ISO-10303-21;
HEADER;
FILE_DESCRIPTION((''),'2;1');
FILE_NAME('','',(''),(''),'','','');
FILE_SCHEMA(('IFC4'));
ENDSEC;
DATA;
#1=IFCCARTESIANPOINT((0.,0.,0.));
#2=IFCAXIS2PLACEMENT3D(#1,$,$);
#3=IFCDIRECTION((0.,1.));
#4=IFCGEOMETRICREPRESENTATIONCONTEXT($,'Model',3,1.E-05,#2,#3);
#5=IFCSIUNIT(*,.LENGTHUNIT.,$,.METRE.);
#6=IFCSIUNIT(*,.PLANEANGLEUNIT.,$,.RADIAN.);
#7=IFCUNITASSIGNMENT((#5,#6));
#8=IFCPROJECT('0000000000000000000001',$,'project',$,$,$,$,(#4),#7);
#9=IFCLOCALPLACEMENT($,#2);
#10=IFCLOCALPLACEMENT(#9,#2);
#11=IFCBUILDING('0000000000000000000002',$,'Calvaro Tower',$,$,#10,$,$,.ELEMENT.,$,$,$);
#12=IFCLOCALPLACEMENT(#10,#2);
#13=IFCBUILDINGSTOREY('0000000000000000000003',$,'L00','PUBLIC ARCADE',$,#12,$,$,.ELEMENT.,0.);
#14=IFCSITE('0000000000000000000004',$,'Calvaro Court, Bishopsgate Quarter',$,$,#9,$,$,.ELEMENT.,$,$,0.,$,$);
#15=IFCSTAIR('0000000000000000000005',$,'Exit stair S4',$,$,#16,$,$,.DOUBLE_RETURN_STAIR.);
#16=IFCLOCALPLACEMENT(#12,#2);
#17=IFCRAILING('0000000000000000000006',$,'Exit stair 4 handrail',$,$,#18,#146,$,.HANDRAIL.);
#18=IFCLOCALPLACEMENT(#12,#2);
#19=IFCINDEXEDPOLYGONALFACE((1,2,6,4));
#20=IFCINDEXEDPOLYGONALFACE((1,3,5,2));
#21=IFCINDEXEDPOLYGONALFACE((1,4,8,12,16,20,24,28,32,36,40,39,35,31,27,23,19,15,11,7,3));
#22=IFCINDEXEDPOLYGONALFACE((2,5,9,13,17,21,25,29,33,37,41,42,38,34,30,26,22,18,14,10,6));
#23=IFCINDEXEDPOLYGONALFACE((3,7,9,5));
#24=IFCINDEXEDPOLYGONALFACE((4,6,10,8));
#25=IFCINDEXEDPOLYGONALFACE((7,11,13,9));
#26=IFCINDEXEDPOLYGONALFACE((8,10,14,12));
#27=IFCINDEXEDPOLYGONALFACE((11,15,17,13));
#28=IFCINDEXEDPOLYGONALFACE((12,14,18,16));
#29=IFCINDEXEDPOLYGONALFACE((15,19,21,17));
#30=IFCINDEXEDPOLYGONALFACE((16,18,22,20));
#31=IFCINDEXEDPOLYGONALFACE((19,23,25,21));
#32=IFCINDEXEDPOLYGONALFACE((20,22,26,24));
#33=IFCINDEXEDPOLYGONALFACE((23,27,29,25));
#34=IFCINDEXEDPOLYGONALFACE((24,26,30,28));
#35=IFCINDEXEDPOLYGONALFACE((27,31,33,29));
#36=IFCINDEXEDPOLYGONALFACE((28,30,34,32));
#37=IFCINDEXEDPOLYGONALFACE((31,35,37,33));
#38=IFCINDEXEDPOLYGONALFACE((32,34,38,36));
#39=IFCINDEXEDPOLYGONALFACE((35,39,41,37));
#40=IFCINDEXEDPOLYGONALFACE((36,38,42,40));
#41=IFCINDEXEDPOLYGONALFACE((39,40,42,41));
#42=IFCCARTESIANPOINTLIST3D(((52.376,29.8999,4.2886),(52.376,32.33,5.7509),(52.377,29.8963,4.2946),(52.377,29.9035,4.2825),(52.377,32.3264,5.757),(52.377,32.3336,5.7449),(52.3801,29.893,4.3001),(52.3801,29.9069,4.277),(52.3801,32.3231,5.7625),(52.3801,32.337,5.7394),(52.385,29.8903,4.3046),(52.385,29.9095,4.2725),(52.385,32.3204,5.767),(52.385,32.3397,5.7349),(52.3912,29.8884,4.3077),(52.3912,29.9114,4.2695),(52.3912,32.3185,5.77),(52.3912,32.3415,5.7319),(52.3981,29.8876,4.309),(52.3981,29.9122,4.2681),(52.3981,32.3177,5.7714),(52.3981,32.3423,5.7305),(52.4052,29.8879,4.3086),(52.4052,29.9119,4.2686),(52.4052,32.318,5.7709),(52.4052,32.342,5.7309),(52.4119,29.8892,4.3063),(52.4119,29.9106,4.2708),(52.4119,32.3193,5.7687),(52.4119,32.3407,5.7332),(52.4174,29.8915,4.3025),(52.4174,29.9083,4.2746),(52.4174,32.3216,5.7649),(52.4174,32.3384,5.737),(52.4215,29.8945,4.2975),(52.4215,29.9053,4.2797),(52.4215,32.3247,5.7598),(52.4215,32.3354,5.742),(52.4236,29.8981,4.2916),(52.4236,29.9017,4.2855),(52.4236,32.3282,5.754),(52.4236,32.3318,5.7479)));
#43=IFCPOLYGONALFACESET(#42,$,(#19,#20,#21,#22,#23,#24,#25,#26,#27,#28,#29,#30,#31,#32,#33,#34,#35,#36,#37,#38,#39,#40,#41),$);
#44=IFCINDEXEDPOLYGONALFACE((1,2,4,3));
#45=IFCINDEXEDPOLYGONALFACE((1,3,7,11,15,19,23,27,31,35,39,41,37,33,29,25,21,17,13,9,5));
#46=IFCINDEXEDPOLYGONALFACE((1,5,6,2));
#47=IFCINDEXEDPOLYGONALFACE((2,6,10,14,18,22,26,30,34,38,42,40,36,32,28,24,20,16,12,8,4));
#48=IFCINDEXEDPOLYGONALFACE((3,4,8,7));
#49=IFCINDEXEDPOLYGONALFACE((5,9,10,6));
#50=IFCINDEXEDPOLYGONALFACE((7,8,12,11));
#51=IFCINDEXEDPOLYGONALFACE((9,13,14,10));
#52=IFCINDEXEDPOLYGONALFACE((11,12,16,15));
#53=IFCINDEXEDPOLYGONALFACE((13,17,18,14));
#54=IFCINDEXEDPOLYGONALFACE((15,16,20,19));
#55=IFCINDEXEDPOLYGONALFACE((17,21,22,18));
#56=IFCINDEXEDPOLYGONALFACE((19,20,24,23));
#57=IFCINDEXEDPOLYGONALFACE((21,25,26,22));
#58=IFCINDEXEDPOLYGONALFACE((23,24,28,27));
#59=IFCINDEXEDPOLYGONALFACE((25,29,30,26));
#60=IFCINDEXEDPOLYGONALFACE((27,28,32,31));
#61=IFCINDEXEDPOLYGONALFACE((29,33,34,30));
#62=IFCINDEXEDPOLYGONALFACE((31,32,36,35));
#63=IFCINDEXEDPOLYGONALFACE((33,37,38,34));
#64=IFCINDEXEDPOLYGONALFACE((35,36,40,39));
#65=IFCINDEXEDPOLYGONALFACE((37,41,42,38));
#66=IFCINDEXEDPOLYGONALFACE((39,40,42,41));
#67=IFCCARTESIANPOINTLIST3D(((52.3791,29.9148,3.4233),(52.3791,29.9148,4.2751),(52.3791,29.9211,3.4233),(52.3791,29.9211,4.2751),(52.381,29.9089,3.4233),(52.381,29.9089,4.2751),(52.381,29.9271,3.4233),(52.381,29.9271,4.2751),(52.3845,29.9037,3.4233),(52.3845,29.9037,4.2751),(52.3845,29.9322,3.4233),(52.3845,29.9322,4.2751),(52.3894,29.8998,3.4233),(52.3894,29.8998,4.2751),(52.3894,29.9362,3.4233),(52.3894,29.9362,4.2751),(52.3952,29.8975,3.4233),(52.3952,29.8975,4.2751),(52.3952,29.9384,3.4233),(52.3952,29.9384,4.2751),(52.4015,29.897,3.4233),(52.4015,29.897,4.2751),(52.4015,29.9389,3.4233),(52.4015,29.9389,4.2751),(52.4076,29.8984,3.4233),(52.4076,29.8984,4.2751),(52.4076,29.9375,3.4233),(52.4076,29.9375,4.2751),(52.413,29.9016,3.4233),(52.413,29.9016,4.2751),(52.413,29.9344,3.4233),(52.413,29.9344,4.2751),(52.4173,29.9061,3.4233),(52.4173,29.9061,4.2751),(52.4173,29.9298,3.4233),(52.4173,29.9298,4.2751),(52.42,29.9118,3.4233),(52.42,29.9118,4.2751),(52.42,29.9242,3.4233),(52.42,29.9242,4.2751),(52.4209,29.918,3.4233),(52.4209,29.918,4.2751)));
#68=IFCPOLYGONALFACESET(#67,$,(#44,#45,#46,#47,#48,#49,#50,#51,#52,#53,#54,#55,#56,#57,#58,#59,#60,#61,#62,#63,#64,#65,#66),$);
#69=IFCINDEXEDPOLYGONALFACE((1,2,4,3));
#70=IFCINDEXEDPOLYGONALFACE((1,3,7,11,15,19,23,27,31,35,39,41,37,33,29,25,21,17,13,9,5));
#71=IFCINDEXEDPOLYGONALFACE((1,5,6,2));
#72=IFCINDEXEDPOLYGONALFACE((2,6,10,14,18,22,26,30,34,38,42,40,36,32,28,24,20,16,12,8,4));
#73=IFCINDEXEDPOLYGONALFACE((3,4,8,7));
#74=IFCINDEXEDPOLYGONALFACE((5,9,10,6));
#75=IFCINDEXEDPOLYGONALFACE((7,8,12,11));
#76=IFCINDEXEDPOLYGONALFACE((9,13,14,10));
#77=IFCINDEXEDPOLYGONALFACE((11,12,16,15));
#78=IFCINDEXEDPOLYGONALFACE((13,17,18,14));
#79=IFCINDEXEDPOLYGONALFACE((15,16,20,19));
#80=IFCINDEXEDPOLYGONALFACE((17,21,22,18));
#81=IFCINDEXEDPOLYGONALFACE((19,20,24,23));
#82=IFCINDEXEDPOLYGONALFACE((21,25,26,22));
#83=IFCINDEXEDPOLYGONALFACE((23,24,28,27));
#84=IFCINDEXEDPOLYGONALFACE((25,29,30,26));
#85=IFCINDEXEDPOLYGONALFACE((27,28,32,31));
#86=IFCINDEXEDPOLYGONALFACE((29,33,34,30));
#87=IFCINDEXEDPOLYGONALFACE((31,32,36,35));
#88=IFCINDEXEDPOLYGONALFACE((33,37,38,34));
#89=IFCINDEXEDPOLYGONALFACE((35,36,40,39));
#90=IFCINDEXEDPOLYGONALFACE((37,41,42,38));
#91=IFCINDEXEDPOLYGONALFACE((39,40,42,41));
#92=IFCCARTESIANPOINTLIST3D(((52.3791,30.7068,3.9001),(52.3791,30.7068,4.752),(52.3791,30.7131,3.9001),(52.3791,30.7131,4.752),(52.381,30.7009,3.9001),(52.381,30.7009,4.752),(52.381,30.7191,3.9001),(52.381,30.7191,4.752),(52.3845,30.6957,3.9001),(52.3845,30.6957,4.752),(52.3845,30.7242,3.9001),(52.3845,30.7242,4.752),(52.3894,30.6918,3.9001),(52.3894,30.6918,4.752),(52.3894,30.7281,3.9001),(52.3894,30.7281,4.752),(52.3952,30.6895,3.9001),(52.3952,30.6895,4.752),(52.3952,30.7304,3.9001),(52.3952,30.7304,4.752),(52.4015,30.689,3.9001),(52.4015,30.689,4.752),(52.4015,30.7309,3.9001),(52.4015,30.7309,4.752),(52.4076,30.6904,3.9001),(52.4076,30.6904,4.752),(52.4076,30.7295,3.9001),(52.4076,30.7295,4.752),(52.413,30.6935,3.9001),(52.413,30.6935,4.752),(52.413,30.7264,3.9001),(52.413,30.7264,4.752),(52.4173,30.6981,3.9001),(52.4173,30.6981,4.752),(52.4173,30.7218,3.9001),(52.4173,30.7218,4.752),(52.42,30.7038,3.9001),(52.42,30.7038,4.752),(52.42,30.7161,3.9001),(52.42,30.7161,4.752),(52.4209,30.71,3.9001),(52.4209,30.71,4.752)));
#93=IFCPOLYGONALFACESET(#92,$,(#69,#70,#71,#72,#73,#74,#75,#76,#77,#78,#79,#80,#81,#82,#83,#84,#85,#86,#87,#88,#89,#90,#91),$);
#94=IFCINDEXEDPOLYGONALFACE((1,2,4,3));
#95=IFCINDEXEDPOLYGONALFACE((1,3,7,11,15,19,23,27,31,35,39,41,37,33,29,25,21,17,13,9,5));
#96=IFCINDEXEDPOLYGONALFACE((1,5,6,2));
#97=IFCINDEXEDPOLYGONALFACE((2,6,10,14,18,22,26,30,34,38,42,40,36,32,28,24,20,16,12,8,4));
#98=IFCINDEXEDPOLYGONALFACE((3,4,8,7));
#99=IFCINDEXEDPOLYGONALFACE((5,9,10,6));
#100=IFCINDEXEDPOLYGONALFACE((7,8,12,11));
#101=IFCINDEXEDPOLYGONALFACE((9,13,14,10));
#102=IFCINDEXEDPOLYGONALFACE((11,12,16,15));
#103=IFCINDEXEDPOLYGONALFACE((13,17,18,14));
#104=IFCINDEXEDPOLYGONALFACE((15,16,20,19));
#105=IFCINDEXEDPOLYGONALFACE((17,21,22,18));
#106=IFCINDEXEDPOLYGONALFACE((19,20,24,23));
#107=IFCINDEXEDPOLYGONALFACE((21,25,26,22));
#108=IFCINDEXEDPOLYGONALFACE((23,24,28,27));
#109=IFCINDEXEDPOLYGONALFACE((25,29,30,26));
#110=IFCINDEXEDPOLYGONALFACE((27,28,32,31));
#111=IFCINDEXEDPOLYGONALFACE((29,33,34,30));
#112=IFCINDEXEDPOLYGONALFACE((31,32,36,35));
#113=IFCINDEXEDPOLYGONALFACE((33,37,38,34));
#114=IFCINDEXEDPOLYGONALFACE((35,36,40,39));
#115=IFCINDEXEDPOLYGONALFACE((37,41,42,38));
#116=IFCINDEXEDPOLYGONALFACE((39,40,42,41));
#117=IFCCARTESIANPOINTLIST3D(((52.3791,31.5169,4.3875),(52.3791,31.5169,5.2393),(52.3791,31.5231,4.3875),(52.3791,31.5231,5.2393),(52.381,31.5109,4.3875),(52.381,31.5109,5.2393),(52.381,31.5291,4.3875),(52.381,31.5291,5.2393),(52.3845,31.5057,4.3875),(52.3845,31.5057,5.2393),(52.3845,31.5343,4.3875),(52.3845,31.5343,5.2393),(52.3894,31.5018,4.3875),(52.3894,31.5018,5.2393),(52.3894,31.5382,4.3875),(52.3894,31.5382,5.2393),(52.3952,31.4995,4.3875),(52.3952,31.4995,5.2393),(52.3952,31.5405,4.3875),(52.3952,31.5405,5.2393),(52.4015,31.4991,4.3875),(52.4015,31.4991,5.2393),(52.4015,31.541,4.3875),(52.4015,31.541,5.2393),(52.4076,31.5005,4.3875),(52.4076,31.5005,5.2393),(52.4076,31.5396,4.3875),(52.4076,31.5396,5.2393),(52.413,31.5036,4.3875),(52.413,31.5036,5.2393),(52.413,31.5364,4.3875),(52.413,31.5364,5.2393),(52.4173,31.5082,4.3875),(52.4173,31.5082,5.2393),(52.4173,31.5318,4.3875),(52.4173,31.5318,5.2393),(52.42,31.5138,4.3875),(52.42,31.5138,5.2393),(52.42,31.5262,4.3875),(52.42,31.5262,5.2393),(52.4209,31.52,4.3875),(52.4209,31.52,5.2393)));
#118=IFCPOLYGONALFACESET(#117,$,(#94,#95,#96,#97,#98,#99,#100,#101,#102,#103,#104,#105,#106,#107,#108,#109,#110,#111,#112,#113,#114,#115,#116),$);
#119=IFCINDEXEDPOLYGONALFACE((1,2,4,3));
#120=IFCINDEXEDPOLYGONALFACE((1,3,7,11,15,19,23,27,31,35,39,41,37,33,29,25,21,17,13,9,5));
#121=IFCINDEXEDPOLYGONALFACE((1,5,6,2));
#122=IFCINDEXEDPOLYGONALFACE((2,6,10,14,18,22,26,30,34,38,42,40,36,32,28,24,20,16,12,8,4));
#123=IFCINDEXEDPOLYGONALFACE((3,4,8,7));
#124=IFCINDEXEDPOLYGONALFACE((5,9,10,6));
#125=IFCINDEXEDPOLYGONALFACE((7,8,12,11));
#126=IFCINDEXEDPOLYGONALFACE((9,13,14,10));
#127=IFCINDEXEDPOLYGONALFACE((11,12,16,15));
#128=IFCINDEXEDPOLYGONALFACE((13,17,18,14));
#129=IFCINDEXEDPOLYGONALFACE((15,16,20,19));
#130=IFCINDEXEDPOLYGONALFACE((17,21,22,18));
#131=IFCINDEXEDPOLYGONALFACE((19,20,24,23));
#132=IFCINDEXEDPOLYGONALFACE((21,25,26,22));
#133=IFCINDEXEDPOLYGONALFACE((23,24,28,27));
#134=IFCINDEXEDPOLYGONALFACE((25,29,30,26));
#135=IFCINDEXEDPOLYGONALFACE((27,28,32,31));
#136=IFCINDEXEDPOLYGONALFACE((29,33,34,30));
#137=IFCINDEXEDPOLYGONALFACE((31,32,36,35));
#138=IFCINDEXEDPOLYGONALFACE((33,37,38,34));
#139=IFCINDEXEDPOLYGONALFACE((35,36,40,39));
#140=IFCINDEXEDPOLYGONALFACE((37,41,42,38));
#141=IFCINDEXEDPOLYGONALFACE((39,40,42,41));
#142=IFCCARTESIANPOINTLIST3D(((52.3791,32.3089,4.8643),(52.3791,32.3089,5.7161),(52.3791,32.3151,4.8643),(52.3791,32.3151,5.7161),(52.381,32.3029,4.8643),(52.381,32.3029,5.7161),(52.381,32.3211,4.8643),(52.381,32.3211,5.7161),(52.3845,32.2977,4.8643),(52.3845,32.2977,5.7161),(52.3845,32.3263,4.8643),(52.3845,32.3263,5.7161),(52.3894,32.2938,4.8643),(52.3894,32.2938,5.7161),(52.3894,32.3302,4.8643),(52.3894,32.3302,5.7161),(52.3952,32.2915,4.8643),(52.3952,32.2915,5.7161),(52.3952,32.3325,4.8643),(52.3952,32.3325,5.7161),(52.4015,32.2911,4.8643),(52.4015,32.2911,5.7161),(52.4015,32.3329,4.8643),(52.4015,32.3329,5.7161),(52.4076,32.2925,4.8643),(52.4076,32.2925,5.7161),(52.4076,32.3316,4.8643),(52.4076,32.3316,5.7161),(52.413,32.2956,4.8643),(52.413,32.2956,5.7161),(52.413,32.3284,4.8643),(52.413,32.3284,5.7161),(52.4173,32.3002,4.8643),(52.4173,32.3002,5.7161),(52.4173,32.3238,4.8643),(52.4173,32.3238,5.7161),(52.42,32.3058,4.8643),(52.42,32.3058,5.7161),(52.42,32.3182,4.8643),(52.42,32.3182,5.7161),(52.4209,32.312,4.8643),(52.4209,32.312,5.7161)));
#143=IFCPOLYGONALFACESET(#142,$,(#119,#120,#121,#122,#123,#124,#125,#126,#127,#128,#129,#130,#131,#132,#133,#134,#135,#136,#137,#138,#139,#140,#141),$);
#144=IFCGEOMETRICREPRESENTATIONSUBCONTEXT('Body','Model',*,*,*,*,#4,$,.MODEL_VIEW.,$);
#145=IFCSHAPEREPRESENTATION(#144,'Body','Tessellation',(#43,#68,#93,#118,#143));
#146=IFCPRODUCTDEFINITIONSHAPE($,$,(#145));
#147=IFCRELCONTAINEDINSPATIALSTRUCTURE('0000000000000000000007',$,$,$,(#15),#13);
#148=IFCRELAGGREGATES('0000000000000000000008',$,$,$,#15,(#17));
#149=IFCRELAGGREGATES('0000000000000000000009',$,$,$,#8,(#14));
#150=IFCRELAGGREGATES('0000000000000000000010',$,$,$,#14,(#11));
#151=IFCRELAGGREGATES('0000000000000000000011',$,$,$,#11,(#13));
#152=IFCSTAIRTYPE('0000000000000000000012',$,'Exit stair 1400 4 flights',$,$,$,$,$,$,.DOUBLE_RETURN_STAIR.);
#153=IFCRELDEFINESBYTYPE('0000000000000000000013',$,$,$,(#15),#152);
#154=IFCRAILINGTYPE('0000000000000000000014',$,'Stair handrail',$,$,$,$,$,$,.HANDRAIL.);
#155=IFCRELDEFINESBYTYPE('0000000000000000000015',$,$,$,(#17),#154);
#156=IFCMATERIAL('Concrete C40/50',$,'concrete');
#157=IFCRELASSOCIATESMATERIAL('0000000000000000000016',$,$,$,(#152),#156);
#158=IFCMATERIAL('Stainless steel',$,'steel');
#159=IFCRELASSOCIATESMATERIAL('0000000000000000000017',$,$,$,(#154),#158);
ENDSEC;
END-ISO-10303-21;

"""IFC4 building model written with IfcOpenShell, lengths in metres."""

from ifc_helpers import new_model, si_unit, direction, frame, origin, origin_2d, place, context, subcontext, project, spatial, circle, extrude, material, type_object, element, aggregate, save


model = new_model("IFC4")

# Units and contexts
model_context = context("Model", 3, precision=1e-05, world=origin(), true_north=direction((0.0, 1.0)))
body_context = subcontext(model_context, "Body", "Model", "MODEL_VIEW")
ifc_project = project(units=[si_unit("LENGTHUNIT", "METRE"), si_unit("PLANEANGLEUNIT", "RADIAN")], contexts=[model_context])

# Site, building, storey
site_placement = place(None, origin())
site = spatial("IfcSite", under=ifc_project, at=site_placement, Name="Calvaro Court, Bishopsgate Quarter", CompositionType="ELEMENT", RefElevation=0.0)
building_placement = place(site_placement, origin())
building = spatial("IfcBuilding", under=site, at=building_placement, Name="Calvaro Tower", CompositionType="ELEMENT")
storey_placement = place(building_placement, origin())
storey = spatial("IfcBuildingStorey", under=building, at=storey_placement, Name="L00", Description="PUBLIC ARCADE", CompositionType="ELEMENT", Elevation=0.0)

# Stair
ifc_material_1 = material(Name="Concrete C40/50", Category="concrete")
stair_type = type_object("IfcStairType", Name="Exit stair 1400 4 flights", PredefinedType="DOUBLE_RETURN_STAIR", material=ifc_material_1)
stair_1_placement = place(storey_placement, origin())
stair_1 = element("IfcStair", 1, at=stair_1_placement, inside=storey, type_object=stair_type, Name="Exit stair S4", PredefinedType="DOUBLE_RETURN_STAIR")

# Railing
ifc_material_2 = material(Name="Stainless steel", Category="steel")
railing_type = type_object("IfcRailingType", Name="Stair handrail", PredefinedType="HANDRAIL", material=ifc_material_2)
railing_1_placement = place(storey_placement, frame((52.3999, 29.8999, 3.4126)))
railing_1 = element("IfcRailing", 2, at=railing_1_placement, type_object=railing_type, Name="Exit stair 4 handrail", PredefinedType="HANDRAIL", context=body_context, shape_type="SweptSolid", body=[
    extrude(circle(Radius=0.0239, at=origin_2d()), frame((0.0, 0.0, 0.876), z_axis=(0.0, 0.856824, 0.515609), x_axis=(-1.0, 0.0, 0.0)), (0.0, 0.0, 1.0), 2.8362),
    extrude(circle(Radius=0.021, at=origin_2d()), frame((0.0, 0.0181, 0.0107)), (0.0, 0.0, 1.0), 0.8518),
    extrude(circle(Radius=0.021, at=origin_2d()), frame((0.0, 0.8101, 0.4875)), (0.0, 0.0, 1.0), 0.8518),
    extrude(circle(Radius=0.021, at=origin_2d()), frame((0.0, 1.6201, 0.9749)), (0.0, 0.0, 1.0), 0.8518),
    extrude(circle(Radius=0.021, at=origin_2d()), frame((0.0, 2.4121, 1.4517)), (0.0, 0.0, 1.0), 0.8518),
])
aggregate(stair_1, [railing_1])

save(model, "model.ifc")
